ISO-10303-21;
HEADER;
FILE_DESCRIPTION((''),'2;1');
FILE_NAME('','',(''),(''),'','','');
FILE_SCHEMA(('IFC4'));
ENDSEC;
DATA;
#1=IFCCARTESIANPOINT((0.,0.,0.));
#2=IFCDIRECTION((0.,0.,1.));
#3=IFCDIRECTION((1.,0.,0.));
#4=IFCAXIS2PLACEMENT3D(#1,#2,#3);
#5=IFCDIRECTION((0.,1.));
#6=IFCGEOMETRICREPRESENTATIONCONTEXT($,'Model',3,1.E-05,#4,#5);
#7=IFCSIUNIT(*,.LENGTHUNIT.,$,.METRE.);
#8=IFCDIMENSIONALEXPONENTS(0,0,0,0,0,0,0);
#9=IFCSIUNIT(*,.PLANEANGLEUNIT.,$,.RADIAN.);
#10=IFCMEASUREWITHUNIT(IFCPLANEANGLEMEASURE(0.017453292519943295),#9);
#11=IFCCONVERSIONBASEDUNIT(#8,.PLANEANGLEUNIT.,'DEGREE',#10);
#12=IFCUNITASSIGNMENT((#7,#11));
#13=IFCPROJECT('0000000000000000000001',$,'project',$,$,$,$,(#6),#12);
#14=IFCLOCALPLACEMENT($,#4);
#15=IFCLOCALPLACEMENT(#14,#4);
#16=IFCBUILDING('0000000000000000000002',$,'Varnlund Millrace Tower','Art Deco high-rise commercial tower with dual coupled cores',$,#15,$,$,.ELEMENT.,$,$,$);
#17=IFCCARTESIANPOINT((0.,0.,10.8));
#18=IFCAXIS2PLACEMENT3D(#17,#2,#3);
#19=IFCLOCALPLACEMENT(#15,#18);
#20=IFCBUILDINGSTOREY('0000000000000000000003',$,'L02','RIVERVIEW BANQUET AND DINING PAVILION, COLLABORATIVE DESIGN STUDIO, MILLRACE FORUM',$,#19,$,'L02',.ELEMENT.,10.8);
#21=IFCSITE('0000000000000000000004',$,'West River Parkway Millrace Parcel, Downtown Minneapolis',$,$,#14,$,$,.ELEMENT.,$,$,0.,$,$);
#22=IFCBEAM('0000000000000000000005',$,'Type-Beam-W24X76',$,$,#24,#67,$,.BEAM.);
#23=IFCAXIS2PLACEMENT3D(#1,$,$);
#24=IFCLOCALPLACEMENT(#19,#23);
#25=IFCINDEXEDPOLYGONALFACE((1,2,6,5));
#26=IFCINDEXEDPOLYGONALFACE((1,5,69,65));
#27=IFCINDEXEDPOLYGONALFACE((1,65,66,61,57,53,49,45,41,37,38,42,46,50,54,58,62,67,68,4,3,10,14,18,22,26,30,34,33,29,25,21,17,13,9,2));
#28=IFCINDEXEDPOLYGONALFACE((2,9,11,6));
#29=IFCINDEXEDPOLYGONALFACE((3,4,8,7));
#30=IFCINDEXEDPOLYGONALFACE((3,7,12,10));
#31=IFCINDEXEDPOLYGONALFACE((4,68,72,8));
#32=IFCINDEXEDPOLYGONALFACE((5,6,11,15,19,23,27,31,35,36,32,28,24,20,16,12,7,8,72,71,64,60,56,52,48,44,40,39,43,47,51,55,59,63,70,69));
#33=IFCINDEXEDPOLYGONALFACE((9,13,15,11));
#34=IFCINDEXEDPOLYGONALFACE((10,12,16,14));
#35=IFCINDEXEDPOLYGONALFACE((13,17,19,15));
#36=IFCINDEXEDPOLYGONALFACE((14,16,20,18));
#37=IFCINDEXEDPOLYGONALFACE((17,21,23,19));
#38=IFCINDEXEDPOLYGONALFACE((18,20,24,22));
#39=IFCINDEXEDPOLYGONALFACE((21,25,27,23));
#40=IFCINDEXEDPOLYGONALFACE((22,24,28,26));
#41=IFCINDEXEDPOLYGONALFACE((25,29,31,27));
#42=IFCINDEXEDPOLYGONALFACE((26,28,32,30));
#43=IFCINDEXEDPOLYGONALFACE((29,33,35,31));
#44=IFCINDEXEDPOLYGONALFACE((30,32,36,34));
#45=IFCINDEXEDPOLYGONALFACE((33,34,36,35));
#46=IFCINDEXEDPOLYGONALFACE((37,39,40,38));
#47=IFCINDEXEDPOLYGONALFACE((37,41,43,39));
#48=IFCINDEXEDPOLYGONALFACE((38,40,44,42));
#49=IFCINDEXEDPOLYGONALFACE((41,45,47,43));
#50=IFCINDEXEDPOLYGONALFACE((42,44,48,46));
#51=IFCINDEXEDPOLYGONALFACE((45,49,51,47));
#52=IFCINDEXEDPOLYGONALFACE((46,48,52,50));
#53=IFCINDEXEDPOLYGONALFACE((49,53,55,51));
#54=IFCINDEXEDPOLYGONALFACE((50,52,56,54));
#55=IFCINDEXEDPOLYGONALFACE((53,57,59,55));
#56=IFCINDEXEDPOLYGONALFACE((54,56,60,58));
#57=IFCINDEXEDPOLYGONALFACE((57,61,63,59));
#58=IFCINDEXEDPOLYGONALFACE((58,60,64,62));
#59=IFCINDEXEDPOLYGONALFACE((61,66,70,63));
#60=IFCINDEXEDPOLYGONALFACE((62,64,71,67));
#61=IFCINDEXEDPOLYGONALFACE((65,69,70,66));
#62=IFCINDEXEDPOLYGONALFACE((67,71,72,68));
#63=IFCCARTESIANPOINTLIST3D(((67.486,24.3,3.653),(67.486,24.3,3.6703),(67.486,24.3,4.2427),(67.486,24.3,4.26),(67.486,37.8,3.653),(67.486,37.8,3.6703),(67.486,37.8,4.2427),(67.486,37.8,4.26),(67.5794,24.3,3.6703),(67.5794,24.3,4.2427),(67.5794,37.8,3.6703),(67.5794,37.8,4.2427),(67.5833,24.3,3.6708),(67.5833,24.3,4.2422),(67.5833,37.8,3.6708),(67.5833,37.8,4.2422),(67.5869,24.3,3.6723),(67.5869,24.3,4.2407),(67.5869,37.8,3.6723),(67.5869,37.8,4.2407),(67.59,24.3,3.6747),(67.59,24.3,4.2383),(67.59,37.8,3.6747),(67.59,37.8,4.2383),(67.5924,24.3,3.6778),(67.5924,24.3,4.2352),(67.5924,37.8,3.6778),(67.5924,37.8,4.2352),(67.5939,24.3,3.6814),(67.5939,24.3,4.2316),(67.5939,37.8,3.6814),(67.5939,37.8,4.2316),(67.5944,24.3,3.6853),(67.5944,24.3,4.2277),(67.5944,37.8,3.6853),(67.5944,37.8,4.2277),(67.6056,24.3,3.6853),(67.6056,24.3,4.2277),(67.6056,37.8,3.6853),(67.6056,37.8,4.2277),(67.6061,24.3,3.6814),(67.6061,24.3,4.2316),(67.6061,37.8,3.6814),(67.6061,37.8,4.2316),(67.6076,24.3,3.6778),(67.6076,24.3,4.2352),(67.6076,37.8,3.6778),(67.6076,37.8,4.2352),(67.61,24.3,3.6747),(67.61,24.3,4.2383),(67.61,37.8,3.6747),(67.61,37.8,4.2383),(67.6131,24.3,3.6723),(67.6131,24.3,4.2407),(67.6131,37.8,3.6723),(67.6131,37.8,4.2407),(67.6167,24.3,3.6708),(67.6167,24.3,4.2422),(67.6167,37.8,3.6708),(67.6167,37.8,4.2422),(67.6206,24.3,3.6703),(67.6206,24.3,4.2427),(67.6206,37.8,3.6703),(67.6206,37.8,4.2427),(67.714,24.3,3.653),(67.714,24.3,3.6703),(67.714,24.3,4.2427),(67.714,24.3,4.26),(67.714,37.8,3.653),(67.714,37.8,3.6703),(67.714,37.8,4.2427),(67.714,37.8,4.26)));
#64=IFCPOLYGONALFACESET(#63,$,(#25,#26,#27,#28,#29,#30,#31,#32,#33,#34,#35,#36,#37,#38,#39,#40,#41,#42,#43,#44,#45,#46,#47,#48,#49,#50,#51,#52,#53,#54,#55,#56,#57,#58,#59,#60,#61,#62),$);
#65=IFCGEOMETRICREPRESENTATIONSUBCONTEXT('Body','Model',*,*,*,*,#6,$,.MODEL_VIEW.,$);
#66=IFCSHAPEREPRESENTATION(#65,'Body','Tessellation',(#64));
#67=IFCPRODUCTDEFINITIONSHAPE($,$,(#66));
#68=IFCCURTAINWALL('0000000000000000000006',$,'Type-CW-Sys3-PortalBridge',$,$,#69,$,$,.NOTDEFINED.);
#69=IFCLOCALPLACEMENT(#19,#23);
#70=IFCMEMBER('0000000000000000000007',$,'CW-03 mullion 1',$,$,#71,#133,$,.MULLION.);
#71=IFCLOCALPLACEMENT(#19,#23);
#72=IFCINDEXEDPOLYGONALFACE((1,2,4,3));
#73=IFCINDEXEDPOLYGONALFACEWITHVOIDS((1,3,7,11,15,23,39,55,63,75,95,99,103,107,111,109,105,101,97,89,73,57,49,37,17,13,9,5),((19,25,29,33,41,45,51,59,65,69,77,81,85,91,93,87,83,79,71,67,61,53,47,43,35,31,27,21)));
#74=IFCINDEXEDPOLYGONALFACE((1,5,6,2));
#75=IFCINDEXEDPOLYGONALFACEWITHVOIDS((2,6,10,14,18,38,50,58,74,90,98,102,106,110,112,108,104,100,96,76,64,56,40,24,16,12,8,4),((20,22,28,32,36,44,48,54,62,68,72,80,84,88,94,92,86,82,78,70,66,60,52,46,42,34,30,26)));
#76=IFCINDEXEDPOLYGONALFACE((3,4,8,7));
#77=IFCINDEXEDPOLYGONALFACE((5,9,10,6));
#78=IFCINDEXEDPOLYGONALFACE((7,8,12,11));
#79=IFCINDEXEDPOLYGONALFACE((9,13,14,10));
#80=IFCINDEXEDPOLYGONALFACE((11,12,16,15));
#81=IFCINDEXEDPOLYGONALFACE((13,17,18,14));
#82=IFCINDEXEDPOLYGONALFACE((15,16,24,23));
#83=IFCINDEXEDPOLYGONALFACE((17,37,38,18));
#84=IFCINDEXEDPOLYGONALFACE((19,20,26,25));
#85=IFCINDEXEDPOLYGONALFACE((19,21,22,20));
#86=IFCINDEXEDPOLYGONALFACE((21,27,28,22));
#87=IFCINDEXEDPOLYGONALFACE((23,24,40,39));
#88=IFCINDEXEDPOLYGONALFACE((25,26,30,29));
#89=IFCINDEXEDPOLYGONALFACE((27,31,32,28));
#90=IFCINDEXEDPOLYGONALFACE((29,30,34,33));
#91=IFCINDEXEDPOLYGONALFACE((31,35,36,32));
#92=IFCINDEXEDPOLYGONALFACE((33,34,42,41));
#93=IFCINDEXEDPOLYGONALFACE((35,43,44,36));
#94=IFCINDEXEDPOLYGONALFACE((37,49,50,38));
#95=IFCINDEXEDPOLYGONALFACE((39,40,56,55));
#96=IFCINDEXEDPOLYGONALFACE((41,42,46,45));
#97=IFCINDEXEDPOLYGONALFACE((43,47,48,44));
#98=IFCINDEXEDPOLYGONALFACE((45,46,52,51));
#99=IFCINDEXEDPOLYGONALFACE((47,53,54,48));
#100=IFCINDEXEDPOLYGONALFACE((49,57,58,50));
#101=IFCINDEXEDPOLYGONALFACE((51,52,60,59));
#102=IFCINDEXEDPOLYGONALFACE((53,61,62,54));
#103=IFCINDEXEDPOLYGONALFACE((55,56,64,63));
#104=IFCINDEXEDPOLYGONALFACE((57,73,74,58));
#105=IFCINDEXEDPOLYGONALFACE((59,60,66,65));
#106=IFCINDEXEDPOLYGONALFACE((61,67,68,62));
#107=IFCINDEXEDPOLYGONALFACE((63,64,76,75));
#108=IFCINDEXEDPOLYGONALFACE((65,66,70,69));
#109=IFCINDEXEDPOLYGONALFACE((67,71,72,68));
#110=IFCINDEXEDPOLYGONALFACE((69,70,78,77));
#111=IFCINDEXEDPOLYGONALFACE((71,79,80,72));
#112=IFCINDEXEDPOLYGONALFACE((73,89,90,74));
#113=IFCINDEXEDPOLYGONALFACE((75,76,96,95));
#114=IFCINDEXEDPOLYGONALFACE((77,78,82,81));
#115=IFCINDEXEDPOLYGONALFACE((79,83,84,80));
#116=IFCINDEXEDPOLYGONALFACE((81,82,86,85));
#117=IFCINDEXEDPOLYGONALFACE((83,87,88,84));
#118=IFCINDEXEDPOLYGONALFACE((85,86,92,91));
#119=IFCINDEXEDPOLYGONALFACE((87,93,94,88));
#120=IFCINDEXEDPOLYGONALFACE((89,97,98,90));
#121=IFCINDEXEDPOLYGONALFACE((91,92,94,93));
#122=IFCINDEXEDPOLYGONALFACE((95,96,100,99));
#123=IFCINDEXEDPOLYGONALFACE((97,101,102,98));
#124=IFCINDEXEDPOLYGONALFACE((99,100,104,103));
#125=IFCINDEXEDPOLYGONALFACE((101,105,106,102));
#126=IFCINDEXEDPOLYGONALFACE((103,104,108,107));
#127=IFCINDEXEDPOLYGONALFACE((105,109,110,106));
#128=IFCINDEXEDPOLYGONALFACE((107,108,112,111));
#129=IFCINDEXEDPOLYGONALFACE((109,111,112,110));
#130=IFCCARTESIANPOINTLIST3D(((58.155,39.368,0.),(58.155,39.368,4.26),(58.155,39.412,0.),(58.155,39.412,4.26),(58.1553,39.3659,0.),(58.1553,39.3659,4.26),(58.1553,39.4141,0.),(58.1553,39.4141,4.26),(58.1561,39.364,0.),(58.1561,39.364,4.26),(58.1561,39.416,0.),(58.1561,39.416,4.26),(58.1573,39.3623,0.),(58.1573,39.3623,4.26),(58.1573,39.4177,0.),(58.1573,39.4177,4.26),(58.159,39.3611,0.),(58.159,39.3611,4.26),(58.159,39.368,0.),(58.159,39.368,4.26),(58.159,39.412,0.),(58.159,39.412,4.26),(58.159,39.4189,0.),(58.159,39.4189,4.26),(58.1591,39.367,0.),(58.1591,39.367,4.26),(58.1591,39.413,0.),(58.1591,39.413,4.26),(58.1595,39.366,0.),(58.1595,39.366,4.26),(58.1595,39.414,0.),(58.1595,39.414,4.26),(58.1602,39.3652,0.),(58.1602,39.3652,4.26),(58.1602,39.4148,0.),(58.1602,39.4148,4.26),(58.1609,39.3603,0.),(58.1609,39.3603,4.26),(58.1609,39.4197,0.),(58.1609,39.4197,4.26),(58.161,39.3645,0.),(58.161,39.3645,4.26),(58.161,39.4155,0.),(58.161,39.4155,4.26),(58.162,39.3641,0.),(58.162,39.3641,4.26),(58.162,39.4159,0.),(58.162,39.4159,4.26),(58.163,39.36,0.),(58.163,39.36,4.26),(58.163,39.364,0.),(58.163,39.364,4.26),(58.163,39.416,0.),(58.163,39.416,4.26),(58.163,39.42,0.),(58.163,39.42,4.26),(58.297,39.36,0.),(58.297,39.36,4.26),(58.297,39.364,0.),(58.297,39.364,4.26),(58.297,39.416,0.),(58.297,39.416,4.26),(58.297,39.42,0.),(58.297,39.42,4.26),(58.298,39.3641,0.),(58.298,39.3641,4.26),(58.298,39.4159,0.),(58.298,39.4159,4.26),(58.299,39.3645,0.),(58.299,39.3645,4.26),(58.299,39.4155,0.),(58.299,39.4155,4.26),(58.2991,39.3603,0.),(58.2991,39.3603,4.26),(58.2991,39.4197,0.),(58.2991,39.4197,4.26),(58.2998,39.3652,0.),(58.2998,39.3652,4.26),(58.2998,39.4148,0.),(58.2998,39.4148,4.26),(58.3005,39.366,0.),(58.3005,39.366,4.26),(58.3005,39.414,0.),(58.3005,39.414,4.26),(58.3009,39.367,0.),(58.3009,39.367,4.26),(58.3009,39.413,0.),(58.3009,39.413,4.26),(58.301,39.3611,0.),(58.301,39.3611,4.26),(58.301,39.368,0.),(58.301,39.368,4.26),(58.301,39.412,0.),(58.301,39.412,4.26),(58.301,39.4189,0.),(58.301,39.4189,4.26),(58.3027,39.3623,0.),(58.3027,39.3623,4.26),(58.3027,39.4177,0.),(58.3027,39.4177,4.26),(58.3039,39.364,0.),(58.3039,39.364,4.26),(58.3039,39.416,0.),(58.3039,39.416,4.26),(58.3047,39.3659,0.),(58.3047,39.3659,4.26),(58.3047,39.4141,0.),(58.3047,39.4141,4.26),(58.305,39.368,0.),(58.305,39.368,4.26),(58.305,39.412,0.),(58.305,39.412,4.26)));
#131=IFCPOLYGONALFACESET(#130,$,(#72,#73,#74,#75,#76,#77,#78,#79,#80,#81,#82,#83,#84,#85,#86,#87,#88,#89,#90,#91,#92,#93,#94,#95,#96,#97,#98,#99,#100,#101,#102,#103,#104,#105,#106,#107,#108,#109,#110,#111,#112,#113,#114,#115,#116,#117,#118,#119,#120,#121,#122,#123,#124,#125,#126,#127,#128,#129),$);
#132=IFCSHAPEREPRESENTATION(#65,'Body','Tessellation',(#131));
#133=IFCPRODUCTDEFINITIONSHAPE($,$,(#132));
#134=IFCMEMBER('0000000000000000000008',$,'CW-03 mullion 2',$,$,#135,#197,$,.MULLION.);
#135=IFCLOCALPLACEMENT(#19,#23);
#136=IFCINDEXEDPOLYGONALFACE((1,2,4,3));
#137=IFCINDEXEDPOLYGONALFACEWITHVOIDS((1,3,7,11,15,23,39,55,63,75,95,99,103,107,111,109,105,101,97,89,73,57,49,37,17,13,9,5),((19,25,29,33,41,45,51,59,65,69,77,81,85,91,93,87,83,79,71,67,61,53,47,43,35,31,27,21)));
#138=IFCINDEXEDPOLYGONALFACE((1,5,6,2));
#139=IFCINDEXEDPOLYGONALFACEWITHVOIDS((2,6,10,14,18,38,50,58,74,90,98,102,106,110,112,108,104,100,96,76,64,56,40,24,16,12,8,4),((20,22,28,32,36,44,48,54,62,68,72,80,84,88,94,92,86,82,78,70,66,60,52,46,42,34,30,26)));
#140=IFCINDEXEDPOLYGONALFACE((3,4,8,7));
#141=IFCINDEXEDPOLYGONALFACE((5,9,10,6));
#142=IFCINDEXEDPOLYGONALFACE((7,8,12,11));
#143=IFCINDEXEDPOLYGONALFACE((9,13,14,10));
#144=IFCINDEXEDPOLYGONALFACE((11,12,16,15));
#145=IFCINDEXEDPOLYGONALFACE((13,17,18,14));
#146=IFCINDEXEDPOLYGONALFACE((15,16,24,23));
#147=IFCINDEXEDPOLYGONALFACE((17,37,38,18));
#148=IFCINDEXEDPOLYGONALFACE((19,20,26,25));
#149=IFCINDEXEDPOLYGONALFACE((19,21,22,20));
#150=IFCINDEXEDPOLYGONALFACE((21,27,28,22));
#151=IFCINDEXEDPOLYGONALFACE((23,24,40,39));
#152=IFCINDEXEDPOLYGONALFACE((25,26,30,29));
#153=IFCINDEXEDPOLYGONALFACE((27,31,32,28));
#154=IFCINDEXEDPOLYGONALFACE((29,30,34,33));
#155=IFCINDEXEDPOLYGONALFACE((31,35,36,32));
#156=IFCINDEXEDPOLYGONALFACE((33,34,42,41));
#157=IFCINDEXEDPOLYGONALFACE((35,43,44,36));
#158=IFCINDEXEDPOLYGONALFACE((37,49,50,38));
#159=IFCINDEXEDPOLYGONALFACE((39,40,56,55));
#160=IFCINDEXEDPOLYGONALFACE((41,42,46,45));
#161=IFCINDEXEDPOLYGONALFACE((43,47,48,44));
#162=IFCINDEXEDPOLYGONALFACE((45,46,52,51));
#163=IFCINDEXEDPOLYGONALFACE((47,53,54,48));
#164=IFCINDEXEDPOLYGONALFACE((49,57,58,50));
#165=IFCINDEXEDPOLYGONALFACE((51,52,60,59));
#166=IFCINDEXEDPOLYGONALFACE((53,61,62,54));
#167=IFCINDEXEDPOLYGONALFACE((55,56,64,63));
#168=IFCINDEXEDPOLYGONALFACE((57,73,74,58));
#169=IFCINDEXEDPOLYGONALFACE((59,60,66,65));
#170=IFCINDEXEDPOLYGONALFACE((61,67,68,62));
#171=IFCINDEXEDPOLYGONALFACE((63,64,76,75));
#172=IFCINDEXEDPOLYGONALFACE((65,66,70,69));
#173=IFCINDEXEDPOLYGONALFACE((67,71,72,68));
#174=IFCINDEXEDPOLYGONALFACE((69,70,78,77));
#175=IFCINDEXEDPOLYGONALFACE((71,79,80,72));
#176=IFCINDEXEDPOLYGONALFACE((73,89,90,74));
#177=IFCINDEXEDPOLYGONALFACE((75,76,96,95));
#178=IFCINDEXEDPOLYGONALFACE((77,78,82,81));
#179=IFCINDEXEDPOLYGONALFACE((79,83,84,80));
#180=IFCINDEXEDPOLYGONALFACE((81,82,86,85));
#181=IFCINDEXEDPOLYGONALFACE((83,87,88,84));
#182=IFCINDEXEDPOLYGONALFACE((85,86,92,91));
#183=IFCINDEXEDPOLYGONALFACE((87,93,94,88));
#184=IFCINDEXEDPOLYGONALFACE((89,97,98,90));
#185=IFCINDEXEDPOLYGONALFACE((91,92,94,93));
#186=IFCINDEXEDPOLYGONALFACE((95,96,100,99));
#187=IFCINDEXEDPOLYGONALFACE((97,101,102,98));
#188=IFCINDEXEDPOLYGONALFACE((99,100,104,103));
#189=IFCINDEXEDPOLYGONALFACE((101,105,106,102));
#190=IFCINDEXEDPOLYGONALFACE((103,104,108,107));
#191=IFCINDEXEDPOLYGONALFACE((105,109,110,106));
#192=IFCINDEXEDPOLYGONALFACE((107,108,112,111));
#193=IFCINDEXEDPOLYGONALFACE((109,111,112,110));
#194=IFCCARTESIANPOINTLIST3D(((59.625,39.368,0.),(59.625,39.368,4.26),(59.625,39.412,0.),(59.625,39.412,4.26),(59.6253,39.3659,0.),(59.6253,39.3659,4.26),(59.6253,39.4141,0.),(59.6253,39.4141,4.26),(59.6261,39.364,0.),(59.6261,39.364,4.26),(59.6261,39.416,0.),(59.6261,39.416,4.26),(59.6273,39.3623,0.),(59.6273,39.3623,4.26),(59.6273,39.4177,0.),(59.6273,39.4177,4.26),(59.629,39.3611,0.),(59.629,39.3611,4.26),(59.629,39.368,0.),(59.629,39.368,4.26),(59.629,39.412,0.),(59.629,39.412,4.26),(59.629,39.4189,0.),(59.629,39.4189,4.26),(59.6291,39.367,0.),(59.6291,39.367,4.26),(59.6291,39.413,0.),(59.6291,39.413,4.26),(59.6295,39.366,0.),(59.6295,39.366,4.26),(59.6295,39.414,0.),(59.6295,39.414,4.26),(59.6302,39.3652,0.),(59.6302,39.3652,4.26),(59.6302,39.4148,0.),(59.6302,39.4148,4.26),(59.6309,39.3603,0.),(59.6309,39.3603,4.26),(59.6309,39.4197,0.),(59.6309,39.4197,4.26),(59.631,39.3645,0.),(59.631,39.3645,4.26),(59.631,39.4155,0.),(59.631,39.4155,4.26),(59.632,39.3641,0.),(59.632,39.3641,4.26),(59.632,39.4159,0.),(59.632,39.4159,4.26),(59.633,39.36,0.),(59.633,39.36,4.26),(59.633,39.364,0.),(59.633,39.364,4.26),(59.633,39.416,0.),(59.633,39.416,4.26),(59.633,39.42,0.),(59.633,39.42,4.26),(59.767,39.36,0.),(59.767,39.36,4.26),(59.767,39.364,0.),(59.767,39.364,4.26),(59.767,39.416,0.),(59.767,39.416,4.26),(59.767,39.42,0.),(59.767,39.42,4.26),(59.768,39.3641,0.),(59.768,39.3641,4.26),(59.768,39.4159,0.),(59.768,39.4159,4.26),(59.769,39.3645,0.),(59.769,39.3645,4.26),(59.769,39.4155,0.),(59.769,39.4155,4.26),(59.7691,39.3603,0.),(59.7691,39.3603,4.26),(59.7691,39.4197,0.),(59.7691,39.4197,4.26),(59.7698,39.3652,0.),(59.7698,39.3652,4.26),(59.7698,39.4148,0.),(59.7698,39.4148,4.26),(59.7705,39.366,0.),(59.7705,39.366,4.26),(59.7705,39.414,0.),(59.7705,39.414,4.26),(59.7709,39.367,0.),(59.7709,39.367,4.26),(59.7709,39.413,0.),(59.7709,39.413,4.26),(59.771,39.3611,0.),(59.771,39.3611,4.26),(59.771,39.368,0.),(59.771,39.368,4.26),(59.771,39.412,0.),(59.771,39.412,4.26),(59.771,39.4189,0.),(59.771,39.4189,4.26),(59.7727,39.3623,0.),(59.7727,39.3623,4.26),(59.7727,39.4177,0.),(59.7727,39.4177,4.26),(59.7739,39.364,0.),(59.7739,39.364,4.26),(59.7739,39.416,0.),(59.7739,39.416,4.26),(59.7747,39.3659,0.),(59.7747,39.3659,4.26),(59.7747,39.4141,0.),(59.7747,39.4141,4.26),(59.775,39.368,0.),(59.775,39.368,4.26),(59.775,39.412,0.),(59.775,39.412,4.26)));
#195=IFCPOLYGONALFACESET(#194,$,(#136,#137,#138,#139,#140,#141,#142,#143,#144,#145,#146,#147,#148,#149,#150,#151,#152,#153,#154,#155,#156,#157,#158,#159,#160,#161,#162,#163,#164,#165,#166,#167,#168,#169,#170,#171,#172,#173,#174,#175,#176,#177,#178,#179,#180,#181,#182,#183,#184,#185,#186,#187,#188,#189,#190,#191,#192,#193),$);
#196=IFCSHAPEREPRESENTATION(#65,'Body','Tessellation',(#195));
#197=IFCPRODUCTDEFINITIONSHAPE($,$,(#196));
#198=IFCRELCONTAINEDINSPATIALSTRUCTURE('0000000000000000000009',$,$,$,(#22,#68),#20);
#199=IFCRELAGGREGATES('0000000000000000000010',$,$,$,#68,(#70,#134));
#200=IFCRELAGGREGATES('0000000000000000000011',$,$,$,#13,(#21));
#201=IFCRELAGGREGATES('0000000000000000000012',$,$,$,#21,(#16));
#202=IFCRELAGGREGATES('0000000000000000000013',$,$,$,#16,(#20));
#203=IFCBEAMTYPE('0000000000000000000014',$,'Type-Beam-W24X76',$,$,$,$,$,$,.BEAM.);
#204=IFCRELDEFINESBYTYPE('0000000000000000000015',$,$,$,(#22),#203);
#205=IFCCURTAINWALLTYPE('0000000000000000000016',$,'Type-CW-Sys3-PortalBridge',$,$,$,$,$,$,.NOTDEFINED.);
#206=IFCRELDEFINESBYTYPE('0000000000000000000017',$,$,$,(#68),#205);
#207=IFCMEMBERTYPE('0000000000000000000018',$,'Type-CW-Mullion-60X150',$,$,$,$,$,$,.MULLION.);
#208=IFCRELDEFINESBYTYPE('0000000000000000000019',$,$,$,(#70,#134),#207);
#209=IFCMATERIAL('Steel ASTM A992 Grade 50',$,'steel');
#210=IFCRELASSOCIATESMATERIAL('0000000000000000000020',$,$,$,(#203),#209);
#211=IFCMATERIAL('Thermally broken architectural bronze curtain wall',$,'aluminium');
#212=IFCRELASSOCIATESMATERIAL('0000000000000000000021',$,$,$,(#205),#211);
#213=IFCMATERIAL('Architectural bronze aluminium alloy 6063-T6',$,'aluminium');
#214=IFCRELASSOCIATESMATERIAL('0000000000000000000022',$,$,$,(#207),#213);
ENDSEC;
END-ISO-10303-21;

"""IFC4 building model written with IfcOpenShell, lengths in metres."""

from ifc_helpers import new_model, entity, si_unit, converted_unit, direction, frame, origin_with_axes, origin_2d_with_axis, place, context, subcontext, project, spatial, hollow_rectangle, i_section, extrude, material, material_profile, profile_set, type_object, element, aggregate, save


model = new_model("IFC4")

# Units and contexts
model_context = context("Model", 3, precision=1e-05, world=origin_with_axes(), true_north=direction((0.0, 1.0)))
body_context = subcontext(model_context, "Body", "Model", "MODEL_VIEW")
ifc_project = project(units=[si_unit("LENGTHUNIT", "METRE"), converted_unit("PLANEANGLEUNIT", "DEGREE", entity("IfcPlaneAngleMeasure", 0.017453292519943295), si_unit("PLANEANGLEUNIT", "RADIAN"), dimensions=[0, 0, 0, 0, 0, 0, 0])], contexts=[model_context])

# Site, building, storey
site_placement = place(None, origin_with_axes())
site = spatial("IfcSite", under=ifc_project, at=site_placement, Name="West River Parkway Millrace Parcel, Downtown Minneapolis", CompositionType="ELEMENT", RefElevation=0.0)
building_placement = place(site_placement, origin_with_axes())
building = spatial("IfcBuilding", under=site, at=building_placement, Name="Varnlund Millrace Tower", Description="Art Deco high-rise commercial tower with dual coupled cores", CompositionType="ELEMENT")
storey_placement = place(building_placement, frame((0.0, 0.0, 10.8), z_axis=(0.0, 0.0, 1.0), x_axis=(1.0, 0.0, 0.0)))
storey = spatial("IfcBuildingStorey", under=building, at=storey_placement, Name="L02", Description="RIVERVIEW BANQUET AND DINING PAVILION, COLLABORATIVE DESIGN STUDIO, MILLRACE FORUM", LongName="L02", CompositionType="ELEMENT", Elevation=10.8)

# Beam
ifc_material_1 = material(Name="Steel ASTM A992 Grade 50", Category="steel")
ifc_material_profile_1 = material_profile(ifc_material_1, i_section(OverallWidth=0.228, OverallDepth=0.607, WebThickness=0.0112, FlangeThickness=0.0173, FilletRadius=0.015, at=origin_2d_with_axis()), Name="Steel ASTM A992 Grade 50")
ifc_profile_set_1 = profile_set([ifc_material_profile_1], Name="Steel ASTM A992 Grade 50")
beam_type_1 = type_object("IfcBeamType", Name="Type-Beam-W24X76", PredefinedType="BEAM", material=ifc_profile_set_1)
beam_1_placement = place(storey_placement, frame((67.6, 24.3, 3.9565), z_axis=(0.0, 1.0, 0.0), x_axis=(-1.0, 0.0, 0.0)))
element("IfcBeam", 1, at=beam_1_placement, inside=storey, type_object=beam_type_1, Name="Type-Beam-W24X76", PredefinedType="BEAM", context=body_context, shape_type="SweptSolid", body=[
    extrude(i_section(OverallWidth=0.228, OverallDepth=0.607, WebThickness=0.0112, FlangeThickness=0.0173, FilletRadius=0.015, at=origin_2d_with_axis()), origin_with_axes(), (0.0, 0.0, 1.0), 13.5),
])

# Curtain wall, members
ifc_material_2 = material(Name="Thermally broken architectural bronze curtain wall", Category="aluminium")
curtain_wall_type = type_object("IfcCurtainWallType", Name="Type-CW-Sys3-PortalBridge", PredefinedType="NOTDEFINED", material=ifc_material_2)
curtain_wall_placement = place(storey_placement, frame((58.2, 39.39, 0.0), z_axis=(0.0, 0.0, 1.0), x_axis=(1.0, 0.0, 0.0)))
curtain_wall = element("IfcCurtainWall", 2, at=curtain_wall_placement, inside=storey, type_object=curtain_wall_type, Name="Type-CW-Sys3-PortalBridge", PredefinedType="NOTDEFINED")
ifc_material_3 = material(Name="Architectural bronze aluminium alloy 6063-T6", Category="aluminium")
ifc_material_profile_2 = material_profile(ifc_material_3, hollow_rectangle(XDim=0.06, YDim=0.15, WallThickness=0.004, InnerFilletRadius=0.004, OuterFilletRadius=0.008, at=origin_2d_with_axis()), Name="Architectural bronze aluminium alloy 6063-T6")
ifc_profile_set_2 = profile_set([ifc_material_profile_2], Name="Architectural bronze aluminium alloy 6063-T6")
member_type_1 = type_object("IfcMemberType", Name="Type-CW-Mullion-60X150", PredefinedType="MULLION", material=ifc_profile_set_2)
member_1_placement = place(storey_placement, frame((58.23, 39.39, 0.0), z_axis=(0.0, 0.0, 1.0), x_axis=(0.0, 1.0, 0.0)))
member_1 = element("IfcMember", 3, at=member_1_placement, type_object=member_type_1, Name="CW-03 mullion 1", PredefinedType="MULLION", context=body_context, shape_type="SweptSolid", body=[
    extrude(hollow_rectangle(XDim=0.06, YDim=0.15, WallThickness=0.004, InnerFilletRadius=0.004, OuterFilletRadius=0.008, at=origin_2d_with_axis()), origin_with_axes(), (0.0, 0.0, 1.0), 4.26),
])
member_2_placement = place(storey_placement, frame((59.7, 39.39, 0.0), z_axis=(0.0, 0.0, 1.0), x_axis=(0.0, 1.0, 0.0)))
member_2 = element("IfcMember", 4, at=member_2_placement, type_object=member_type_1, Name="CW-03 mullion 2", PredefinedType="MULLION", context=body_context, shape_type="SweptSolid", body=[
    extrude(hollow_rectangle(XDim=0.06, YDim=0.15, WallThickness=0.004, InnerFilletRadius=0.004, OuterFilletRadius=0.008, at=origin_2d_with_axis()), origin_with_axes(), (0.0, 0.0, 1.0), 4.26),
])

aggregate(curtain_wall, [member_1, member_2])

save(model, "model.ifc")
